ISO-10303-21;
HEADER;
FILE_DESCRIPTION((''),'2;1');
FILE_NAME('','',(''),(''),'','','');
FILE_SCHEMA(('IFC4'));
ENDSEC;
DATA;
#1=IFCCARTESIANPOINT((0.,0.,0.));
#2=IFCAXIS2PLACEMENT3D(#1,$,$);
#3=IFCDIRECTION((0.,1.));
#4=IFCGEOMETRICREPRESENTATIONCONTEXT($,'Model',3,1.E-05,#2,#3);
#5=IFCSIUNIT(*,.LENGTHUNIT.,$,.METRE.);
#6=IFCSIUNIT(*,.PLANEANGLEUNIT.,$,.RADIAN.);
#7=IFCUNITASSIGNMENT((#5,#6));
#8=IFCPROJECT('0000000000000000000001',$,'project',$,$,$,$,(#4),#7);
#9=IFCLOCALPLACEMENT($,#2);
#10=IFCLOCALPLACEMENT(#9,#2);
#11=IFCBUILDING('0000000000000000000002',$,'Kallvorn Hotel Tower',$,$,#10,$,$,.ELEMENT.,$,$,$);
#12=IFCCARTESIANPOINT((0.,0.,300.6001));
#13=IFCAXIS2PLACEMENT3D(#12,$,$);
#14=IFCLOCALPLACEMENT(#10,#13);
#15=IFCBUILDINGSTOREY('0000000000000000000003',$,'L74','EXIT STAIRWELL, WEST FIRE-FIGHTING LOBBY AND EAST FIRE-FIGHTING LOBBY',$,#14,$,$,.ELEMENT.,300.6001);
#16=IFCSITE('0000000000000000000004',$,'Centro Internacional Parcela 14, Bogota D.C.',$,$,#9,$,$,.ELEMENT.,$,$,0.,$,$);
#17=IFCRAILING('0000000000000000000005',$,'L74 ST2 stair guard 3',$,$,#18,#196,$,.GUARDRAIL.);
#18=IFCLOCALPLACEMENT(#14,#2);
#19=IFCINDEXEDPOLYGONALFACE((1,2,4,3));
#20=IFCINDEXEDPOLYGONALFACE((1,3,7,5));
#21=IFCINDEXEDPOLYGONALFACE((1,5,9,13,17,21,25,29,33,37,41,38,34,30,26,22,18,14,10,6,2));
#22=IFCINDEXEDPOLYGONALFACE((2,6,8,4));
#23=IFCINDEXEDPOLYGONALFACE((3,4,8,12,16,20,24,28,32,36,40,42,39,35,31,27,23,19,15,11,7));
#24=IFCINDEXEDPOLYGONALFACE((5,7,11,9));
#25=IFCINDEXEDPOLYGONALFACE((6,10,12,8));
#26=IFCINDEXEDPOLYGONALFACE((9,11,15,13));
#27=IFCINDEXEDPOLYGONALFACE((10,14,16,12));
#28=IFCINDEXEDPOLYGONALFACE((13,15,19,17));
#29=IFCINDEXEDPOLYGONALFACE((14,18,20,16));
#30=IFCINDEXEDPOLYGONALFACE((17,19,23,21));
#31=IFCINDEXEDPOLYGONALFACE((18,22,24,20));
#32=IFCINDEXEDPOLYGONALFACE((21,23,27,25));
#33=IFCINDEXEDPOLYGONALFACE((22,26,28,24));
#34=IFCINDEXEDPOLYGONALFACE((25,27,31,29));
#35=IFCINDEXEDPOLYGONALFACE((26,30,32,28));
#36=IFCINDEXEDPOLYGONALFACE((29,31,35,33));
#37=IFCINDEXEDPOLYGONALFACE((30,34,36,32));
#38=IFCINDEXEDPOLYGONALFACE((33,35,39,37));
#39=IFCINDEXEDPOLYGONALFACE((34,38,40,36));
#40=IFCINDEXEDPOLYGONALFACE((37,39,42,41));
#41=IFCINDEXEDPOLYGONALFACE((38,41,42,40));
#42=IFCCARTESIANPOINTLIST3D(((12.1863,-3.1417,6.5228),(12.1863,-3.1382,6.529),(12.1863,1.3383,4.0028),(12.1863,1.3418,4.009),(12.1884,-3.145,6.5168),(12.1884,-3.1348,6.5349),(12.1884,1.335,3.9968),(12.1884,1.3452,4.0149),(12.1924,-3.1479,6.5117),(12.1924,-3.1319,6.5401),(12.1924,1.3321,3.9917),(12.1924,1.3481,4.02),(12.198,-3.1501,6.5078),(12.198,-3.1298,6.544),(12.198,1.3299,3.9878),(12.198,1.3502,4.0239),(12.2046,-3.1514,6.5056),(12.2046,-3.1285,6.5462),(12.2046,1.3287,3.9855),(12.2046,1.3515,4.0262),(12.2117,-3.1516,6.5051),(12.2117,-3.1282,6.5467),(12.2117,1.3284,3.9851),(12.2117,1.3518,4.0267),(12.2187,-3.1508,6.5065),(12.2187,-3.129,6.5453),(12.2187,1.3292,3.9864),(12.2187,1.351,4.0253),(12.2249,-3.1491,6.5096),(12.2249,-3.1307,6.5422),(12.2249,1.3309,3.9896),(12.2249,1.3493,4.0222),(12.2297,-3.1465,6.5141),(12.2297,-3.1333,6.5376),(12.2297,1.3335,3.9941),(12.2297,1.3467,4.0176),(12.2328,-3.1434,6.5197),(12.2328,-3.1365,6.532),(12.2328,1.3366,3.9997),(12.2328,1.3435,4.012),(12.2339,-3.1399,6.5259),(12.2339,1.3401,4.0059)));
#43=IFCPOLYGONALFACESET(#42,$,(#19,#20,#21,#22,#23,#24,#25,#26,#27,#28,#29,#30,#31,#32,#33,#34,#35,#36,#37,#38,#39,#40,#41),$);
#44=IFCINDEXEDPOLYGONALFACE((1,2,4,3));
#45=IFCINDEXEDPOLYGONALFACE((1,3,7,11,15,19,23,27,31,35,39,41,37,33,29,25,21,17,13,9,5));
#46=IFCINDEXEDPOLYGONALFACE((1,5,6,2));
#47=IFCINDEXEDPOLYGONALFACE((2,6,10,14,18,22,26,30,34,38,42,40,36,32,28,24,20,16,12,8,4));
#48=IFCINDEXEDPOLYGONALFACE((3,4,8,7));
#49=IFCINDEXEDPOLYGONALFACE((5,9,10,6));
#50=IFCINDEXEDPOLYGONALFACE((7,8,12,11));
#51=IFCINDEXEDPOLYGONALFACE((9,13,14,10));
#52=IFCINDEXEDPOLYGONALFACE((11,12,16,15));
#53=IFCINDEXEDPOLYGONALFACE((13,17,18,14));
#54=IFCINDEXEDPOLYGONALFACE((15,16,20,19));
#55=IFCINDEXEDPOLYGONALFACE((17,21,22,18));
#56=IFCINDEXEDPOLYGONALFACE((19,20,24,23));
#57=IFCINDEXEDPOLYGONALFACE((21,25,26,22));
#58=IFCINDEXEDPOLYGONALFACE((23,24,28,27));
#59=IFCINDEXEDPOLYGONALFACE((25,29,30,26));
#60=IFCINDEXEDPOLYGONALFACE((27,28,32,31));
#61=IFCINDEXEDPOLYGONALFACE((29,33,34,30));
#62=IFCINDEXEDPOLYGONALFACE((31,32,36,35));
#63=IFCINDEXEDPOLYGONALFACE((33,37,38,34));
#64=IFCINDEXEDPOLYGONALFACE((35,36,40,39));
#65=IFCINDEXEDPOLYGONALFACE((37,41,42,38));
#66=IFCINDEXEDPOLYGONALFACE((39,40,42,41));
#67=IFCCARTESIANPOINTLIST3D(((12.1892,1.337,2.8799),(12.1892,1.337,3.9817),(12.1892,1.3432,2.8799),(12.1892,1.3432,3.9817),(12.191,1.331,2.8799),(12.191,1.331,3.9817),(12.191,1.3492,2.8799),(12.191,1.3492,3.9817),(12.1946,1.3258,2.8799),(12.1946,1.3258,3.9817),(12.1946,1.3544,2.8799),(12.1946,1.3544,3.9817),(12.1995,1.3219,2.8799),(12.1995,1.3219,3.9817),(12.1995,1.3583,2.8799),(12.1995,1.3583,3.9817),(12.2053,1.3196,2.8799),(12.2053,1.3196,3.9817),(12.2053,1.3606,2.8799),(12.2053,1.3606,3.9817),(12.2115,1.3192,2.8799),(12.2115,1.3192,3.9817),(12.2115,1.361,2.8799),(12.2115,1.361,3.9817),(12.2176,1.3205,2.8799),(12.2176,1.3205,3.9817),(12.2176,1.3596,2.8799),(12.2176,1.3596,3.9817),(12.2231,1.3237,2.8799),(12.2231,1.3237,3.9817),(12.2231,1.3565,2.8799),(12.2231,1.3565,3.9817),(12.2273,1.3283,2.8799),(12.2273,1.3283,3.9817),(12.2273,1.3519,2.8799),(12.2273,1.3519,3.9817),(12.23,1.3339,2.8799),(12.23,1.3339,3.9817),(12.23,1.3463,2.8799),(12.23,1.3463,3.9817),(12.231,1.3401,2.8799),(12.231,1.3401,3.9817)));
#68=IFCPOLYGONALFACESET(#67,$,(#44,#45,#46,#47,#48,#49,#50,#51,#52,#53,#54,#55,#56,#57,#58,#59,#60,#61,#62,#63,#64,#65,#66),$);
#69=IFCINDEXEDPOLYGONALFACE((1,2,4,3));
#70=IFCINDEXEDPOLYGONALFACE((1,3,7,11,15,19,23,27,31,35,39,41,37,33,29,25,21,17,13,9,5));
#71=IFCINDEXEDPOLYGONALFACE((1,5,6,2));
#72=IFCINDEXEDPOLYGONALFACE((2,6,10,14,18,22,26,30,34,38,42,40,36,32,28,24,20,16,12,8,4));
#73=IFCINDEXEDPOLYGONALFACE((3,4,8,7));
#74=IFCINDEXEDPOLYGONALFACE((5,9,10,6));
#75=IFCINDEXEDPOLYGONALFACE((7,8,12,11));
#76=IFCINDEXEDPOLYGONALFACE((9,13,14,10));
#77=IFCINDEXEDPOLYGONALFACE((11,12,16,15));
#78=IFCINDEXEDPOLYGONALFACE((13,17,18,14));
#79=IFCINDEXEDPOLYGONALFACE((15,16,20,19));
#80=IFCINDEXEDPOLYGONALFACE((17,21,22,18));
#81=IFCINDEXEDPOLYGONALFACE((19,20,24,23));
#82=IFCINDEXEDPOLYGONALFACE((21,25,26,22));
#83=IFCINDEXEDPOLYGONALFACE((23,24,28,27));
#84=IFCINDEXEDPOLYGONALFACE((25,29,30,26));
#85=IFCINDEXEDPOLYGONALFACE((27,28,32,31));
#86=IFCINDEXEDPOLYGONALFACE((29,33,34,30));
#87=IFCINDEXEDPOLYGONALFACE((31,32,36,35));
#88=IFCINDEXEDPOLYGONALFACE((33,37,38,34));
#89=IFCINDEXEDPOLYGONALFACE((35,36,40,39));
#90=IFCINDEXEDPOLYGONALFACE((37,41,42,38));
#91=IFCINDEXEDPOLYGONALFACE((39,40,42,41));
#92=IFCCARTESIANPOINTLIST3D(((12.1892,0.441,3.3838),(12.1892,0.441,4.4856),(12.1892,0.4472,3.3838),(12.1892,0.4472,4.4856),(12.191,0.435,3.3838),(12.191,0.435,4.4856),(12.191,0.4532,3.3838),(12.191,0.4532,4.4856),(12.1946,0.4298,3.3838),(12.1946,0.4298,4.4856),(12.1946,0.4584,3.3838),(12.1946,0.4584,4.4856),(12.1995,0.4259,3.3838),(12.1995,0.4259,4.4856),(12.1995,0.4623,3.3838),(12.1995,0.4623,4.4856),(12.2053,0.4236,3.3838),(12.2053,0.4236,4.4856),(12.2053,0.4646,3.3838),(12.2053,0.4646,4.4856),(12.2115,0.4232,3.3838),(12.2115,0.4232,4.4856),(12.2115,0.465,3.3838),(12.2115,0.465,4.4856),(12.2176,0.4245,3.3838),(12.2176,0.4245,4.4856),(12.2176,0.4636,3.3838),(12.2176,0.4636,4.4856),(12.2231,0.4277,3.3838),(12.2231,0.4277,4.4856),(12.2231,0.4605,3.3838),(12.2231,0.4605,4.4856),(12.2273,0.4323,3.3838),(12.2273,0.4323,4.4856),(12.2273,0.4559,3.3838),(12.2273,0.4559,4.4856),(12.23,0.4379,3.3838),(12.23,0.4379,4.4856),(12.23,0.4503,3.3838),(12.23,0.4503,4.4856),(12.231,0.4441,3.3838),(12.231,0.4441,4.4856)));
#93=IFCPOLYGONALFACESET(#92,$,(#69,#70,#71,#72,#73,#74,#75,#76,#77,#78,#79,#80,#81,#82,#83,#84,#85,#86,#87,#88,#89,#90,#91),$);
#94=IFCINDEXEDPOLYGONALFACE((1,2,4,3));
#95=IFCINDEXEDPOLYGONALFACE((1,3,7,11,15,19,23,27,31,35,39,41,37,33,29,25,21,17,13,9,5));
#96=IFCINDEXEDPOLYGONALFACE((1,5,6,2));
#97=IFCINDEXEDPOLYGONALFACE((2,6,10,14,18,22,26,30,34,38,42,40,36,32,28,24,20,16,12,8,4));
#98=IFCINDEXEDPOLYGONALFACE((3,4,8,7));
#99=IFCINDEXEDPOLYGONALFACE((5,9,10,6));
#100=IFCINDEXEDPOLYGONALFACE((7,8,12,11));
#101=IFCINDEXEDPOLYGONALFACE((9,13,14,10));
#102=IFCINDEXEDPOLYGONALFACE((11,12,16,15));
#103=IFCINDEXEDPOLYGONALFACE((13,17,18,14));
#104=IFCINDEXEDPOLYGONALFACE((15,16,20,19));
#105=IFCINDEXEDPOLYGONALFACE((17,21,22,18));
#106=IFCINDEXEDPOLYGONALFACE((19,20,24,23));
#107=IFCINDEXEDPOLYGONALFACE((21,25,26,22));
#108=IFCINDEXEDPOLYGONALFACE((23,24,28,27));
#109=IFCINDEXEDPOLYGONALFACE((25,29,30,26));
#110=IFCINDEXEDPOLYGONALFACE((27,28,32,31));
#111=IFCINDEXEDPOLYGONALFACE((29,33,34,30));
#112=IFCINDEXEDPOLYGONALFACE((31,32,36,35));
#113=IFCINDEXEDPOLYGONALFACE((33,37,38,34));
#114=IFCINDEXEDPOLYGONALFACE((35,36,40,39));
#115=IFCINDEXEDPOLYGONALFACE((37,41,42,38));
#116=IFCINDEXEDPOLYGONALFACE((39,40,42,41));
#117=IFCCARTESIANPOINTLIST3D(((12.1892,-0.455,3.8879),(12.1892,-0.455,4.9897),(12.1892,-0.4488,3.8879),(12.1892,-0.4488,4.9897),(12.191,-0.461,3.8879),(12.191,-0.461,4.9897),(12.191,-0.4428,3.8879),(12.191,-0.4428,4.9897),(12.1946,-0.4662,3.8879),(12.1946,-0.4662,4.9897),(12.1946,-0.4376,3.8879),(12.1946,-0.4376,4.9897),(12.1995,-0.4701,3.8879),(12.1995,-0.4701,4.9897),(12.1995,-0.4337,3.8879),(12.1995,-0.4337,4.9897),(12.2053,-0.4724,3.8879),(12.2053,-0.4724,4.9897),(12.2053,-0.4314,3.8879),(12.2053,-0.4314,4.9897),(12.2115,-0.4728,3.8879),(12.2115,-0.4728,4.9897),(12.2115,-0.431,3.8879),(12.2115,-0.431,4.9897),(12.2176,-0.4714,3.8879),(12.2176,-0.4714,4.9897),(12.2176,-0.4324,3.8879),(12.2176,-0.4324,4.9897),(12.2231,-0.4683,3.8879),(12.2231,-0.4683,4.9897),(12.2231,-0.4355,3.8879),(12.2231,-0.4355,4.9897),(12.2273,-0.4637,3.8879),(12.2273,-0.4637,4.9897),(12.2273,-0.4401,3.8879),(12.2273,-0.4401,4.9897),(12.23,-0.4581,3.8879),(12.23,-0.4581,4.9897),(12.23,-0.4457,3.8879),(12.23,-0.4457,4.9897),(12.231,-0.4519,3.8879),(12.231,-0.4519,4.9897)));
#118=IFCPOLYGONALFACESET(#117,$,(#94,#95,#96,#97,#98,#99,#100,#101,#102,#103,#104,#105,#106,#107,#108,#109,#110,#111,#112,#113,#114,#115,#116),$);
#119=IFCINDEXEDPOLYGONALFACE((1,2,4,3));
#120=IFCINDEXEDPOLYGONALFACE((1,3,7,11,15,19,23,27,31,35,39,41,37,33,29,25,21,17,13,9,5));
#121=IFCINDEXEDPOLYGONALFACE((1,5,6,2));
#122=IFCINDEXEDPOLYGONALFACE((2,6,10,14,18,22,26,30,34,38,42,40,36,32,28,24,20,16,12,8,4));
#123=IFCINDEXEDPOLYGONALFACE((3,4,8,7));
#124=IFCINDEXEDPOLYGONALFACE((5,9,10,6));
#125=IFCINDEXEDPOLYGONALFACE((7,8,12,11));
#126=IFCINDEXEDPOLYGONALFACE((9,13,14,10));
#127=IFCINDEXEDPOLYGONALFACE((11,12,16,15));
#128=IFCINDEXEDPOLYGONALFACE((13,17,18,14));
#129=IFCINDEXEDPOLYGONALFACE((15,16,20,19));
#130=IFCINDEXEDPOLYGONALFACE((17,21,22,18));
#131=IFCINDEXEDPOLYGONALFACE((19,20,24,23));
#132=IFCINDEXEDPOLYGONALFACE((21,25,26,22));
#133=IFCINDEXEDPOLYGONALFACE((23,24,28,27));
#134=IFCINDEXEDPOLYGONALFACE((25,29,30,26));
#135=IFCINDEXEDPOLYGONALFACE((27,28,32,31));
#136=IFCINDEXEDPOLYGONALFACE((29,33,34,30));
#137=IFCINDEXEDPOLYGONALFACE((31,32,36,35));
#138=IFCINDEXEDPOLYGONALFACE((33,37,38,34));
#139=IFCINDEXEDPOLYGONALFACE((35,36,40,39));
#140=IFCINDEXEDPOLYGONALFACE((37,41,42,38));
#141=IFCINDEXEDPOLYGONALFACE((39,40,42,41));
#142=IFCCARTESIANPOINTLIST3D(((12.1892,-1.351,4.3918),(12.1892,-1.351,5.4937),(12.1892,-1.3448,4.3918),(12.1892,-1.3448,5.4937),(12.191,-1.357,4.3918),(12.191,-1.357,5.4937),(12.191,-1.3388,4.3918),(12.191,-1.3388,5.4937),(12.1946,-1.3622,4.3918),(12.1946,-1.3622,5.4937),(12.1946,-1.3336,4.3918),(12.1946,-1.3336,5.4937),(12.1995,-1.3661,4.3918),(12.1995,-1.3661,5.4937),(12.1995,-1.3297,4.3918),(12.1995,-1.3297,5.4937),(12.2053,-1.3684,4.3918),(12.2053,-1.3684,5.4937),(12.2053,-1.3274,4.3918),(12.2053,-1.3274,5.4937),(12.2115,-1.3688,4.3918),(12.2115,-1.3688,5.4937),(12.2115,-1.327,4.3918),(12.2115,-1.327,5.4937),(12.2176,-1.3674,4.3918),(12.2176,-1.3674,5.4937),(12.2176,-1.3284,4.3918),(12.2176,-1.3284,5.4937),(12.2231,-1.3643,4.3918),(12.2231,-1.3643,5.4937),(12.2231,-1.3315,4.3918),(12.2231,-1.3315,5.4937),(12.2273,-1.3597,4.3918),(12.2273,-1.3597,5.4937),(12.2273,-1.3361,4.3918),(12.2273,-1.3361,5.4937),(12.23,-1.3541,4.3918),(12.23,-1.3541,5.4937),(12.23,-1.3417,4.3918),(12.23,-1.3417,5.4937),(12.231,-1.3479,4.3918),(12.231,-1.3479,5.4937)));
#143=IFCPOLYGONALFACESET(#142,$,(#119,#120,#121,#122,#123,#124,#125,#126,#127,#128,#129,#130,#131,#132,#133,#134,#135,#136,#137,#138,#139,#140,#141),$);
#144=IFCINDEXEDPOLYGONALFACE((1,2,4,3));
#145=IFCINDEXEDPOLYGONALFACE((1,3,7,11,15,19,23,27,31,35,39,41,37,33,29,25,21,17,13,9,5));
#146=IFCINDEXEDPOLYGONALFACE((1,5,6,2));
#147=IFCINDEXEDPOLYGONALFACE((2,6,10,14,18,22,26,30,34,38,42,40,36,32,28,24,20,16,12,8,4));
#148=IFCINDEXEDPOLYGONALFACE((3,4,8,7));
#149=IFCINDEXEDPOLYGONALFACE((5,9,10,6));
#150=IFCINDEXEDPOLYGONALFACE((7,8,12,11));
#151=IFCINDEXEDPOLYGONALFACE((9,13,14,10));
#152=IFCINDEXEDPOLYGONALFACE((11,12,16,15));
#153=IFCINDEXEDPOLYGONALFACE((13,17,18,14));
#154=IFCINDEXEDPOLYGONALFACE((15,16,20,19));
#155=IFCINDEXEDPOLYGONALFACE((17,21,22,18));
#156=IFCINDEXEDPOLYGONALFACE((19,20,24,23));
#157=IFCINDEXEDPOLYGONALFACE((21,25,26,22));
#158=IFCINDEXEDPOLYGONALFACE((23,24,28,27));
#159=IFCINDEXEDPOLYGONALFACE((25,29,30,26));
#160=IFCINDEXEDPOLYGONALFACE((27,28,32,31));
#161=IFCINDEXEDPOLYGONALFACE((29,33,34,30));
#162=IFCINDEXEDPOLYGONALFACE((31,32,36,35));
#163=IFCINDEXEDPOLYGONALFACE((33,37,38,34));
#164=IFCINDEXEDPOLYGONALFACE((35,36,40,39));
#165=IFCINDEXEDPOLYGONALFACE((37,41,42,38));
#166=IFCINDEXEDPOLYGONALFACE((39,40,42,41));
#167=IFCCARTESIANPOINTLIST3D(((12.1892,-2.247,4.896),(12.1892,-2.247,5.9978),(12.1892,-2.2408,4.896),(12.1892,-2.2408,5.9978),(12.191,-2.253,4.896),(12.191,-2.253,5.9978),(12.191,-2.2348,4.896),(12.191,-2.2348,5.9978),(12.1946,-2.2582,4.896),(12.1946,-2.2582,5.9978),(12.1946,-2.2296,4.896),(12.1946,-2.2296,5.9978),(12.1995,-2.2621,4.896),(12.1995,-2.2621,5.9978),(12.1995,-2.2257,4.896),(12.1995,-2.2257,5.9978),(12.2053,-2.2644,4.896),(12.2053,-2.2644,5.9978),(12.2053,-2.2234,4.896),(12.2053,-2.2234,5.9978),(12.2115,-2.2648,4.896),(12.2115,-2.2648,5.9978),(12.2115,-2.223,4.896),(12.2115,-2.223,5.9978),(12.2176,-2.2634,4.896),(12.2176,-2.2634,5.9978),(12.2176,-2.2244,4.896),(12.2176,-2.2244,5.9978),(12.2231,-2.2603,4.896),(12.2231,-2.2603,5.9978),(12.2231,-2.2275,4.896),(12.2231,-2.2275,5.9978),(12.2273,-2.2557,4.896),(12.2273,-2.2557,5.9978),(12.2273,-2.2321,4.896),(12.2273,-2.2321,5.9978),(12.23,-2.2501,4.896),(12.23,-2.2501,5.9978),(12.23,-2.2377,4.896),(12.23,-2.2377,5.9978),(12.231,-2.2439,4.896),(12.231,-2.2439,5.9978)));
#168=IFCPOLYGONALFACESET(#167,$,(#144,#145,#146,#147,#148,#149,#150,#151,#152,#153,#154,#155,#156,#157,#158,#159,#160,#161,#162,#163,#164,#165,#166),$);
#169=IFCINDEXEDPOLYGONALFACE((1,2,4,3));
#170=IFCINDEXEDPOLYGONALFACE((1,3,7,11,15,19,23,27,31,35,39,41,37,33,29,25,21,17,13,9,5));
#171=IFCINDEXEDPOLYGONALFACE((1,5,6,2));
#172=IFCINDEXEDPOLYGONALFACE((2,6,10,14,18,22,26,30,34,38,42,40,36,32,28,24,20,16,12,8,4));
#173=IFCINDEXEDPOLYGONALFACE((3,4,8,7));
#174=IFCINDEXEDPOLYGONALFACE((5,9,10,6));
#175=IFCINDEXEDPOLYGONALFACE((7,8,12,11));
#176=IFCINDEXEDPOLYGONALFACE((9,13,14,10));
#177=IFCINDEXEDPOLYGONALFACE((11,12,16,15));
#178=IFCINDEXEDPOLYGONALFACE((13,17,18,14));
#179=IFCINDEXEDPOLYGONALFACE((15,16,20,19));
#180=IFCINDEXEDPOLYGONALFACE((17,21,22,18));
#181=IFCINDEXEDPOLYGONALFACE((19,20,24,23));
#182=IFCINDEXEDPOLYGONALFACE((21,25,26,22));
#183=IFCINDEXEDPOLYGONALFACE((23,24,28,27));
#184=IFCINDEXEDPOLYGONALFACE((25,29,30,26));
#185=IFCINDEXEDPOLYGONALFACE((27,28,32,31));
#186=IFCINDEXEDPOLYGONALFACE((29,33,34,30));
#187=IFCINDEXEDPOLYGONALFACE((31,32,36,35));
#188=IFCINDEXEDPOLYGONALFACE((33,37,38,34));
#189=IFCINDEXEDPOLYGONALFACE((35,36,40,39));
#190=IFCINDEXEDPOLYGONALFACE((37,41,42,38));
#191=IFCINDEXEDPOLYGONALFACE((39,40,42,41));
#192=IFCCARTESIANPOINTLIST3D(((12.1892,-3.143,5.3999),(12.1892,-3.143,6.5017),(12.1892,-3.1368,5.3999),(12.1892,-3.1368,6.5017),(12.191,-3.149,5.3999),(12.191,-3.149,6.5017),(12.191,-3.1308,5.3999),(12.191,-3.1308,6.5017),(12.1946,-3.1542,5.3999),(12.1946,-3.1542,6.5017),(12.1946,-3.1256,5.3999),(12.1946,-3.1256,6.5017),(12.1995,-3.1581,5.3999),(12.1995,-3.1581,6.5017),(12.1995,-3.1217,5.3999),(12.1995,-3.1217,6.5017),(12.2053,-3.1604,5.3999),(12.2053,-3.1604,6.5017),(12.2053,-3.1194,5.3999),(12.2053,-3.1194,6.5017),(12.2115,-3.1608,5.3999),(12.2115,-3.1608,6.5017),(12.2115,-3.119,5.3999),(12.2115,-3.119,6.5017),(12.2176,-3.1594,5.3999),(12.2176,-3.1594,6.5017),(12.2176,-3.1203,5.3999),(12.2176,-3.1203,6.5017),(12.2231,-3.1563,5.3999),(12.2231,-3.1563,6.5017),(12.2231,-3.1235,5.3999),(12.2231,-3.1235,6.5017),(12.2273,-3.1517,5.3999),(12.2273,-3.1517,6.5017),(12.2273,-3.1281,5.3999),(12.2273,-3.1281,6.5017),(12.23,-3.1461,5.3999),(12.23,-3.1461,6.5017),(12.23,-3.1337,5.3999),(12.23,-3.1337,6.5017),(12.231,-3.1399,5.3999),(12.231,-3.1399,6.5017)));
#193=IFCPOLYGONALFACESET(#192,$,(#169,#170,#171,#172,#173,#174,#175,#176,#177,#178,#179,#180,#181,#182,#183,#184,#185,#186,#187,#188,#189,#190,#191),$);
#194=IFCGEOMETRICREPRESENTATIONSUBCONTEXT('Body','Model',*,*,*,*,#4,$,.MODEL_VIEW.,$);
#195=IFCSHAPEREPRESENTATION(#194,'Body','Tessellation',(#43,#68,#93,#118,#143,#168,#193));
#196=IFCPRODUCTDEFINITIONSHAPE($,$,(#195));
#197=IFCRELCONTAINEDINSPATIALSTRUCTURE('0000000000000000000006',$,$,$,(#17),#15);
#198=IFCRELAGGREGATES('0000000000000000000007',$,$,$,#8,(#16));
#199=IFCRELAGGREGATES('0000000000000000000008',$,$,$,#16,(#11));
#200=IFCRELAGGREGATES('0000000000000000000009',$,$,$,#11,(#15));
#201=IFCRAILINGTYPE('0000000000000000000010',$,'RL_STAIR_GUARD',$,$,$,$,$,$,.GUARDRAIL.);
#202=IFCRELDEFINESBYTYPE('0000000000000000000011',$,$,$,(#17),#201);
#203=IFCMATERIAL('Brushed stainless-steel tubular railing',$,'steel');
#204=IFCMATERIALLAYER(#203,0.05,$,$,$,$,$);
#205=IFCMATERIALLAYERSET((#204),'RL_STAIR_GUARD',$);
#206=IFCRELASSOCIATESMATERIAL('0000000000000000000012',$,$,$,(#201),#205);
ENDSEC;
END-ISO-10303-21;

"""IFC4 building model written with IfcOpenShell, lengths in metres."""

from ifc_helpers import new_model, si_unit, direction, frame, origin, origin_2d, place, context, subcontext, project, spatial, circle, extrude, material, layer, layer_set, type_object, element, save


model = new_model("IFC4")

# Units and contexts
model_context = context("Model", 3, precision=1e-05, world=origin(), true_north=direction((0.0, 1.0)))
body_context = subcontext(model_context, "Body", "Model", "MODEL_VIEW")
ifc_project = project(units=[si_unit("LENGTHUNIT", "METRE"), si_unit("PLANEANGLEUNIT", "RADIAN")], contexts=[model_context])

# Site, building, storey
site_placement = place(None, origin())
site = spatial("IfcSite", under=ifc_project, at=site_placement, Name="Centro Internacional Parcela 14, Bogota D.C.", CompositionType="ELEMENT", RefElevation=0.0)
building_placement = place(site_placement, origin())
building = spatial("IfcBuilding", under=site, at=building_placement, Name="Kallvorn Hotel Tower", CompositionType="ELEMENT")
storey_placement = place(building_placement, frame((0.0, 0.0, 300.6001)))
storey = spatial("IfcBuildingStorey", under=building, at=storey_placement, Name="L74", Description="EXIT STAIRWELL, WEST FIRE-FIGHTING LOBBY AND EAST FIRE-FIGHTING LOBBY", CompositionType="ELEMENT", Elevation=300.6001)

# Railing
ifc_material_1 = material(Name="Brushed stainless-steel tubular railing", Category="steel")
ifc_layer_1 = layer(ifc_material_1, 0.05)
ifc_layer_set_1 = layer_set([ifc_layer_1], Name="RL_STAIR_GUARD")
railing_type_1 = type_object("IfcRailingType", Name="RL_STAIR_GUARD", PredefinedType="GUARDRAIL", material=ifc_layer_set_1)
railing_1_placement = place(storey_placement, frame((12.21, 1.3401, 2.8799)))
element("IfcRailing", 1, at=railing_1_placement, inside=storey, type_object=railing_type_1, Name="L74 ST2 stair guard 3", PredefinedType="GUARDRAIL", context=body_context, shape_type="SweptSolid", body=[
    extrude(circle(Radius=0.0239, at=origin_2d()), frame((0.0, 0.0, 1.126), z_axis=(0.0, -0.871573, 0.490266), x_axis=(1.0, 0.0, 0.0)), (0.0, 0.0, 1.0), 5.1401),
    extrude(circle(Radius=0.021, at=origin_2d()), origin(), (0.0, 0.0, 1.0), 1.1018),
    extrude(circle(Radius=0.021, at=origin_2d()), frame((0.0, -0.896, 0.5039)), (0.0, 0.0, 1.0), 1.1018),
    extrude(circle(Radius=0.021, at=origin_2d()), frame((0.0, -1.792, 1.0081)), (0.0, 0.0, 1.0), 1.1018),
    extrude(circle(Radius=0.021, at=origin_2d()), frame((0.0, -2.688, 1.512)), (0.0, 0.0, 1.0), 1.1018),
    extrude(circle(Radius=0.021, at=origin_2d()), frame((0.0, -3.584, 2.0161)), (0.0, 0.0, 1.0), 1.1018),
    extrude(circle(Radius=0.021, at=origin_2d()), frame((0.0, -4.48, 2.52)), (0.0, 0.0, 1.0), 1.1018),
])

save(model, "model.ifc")
